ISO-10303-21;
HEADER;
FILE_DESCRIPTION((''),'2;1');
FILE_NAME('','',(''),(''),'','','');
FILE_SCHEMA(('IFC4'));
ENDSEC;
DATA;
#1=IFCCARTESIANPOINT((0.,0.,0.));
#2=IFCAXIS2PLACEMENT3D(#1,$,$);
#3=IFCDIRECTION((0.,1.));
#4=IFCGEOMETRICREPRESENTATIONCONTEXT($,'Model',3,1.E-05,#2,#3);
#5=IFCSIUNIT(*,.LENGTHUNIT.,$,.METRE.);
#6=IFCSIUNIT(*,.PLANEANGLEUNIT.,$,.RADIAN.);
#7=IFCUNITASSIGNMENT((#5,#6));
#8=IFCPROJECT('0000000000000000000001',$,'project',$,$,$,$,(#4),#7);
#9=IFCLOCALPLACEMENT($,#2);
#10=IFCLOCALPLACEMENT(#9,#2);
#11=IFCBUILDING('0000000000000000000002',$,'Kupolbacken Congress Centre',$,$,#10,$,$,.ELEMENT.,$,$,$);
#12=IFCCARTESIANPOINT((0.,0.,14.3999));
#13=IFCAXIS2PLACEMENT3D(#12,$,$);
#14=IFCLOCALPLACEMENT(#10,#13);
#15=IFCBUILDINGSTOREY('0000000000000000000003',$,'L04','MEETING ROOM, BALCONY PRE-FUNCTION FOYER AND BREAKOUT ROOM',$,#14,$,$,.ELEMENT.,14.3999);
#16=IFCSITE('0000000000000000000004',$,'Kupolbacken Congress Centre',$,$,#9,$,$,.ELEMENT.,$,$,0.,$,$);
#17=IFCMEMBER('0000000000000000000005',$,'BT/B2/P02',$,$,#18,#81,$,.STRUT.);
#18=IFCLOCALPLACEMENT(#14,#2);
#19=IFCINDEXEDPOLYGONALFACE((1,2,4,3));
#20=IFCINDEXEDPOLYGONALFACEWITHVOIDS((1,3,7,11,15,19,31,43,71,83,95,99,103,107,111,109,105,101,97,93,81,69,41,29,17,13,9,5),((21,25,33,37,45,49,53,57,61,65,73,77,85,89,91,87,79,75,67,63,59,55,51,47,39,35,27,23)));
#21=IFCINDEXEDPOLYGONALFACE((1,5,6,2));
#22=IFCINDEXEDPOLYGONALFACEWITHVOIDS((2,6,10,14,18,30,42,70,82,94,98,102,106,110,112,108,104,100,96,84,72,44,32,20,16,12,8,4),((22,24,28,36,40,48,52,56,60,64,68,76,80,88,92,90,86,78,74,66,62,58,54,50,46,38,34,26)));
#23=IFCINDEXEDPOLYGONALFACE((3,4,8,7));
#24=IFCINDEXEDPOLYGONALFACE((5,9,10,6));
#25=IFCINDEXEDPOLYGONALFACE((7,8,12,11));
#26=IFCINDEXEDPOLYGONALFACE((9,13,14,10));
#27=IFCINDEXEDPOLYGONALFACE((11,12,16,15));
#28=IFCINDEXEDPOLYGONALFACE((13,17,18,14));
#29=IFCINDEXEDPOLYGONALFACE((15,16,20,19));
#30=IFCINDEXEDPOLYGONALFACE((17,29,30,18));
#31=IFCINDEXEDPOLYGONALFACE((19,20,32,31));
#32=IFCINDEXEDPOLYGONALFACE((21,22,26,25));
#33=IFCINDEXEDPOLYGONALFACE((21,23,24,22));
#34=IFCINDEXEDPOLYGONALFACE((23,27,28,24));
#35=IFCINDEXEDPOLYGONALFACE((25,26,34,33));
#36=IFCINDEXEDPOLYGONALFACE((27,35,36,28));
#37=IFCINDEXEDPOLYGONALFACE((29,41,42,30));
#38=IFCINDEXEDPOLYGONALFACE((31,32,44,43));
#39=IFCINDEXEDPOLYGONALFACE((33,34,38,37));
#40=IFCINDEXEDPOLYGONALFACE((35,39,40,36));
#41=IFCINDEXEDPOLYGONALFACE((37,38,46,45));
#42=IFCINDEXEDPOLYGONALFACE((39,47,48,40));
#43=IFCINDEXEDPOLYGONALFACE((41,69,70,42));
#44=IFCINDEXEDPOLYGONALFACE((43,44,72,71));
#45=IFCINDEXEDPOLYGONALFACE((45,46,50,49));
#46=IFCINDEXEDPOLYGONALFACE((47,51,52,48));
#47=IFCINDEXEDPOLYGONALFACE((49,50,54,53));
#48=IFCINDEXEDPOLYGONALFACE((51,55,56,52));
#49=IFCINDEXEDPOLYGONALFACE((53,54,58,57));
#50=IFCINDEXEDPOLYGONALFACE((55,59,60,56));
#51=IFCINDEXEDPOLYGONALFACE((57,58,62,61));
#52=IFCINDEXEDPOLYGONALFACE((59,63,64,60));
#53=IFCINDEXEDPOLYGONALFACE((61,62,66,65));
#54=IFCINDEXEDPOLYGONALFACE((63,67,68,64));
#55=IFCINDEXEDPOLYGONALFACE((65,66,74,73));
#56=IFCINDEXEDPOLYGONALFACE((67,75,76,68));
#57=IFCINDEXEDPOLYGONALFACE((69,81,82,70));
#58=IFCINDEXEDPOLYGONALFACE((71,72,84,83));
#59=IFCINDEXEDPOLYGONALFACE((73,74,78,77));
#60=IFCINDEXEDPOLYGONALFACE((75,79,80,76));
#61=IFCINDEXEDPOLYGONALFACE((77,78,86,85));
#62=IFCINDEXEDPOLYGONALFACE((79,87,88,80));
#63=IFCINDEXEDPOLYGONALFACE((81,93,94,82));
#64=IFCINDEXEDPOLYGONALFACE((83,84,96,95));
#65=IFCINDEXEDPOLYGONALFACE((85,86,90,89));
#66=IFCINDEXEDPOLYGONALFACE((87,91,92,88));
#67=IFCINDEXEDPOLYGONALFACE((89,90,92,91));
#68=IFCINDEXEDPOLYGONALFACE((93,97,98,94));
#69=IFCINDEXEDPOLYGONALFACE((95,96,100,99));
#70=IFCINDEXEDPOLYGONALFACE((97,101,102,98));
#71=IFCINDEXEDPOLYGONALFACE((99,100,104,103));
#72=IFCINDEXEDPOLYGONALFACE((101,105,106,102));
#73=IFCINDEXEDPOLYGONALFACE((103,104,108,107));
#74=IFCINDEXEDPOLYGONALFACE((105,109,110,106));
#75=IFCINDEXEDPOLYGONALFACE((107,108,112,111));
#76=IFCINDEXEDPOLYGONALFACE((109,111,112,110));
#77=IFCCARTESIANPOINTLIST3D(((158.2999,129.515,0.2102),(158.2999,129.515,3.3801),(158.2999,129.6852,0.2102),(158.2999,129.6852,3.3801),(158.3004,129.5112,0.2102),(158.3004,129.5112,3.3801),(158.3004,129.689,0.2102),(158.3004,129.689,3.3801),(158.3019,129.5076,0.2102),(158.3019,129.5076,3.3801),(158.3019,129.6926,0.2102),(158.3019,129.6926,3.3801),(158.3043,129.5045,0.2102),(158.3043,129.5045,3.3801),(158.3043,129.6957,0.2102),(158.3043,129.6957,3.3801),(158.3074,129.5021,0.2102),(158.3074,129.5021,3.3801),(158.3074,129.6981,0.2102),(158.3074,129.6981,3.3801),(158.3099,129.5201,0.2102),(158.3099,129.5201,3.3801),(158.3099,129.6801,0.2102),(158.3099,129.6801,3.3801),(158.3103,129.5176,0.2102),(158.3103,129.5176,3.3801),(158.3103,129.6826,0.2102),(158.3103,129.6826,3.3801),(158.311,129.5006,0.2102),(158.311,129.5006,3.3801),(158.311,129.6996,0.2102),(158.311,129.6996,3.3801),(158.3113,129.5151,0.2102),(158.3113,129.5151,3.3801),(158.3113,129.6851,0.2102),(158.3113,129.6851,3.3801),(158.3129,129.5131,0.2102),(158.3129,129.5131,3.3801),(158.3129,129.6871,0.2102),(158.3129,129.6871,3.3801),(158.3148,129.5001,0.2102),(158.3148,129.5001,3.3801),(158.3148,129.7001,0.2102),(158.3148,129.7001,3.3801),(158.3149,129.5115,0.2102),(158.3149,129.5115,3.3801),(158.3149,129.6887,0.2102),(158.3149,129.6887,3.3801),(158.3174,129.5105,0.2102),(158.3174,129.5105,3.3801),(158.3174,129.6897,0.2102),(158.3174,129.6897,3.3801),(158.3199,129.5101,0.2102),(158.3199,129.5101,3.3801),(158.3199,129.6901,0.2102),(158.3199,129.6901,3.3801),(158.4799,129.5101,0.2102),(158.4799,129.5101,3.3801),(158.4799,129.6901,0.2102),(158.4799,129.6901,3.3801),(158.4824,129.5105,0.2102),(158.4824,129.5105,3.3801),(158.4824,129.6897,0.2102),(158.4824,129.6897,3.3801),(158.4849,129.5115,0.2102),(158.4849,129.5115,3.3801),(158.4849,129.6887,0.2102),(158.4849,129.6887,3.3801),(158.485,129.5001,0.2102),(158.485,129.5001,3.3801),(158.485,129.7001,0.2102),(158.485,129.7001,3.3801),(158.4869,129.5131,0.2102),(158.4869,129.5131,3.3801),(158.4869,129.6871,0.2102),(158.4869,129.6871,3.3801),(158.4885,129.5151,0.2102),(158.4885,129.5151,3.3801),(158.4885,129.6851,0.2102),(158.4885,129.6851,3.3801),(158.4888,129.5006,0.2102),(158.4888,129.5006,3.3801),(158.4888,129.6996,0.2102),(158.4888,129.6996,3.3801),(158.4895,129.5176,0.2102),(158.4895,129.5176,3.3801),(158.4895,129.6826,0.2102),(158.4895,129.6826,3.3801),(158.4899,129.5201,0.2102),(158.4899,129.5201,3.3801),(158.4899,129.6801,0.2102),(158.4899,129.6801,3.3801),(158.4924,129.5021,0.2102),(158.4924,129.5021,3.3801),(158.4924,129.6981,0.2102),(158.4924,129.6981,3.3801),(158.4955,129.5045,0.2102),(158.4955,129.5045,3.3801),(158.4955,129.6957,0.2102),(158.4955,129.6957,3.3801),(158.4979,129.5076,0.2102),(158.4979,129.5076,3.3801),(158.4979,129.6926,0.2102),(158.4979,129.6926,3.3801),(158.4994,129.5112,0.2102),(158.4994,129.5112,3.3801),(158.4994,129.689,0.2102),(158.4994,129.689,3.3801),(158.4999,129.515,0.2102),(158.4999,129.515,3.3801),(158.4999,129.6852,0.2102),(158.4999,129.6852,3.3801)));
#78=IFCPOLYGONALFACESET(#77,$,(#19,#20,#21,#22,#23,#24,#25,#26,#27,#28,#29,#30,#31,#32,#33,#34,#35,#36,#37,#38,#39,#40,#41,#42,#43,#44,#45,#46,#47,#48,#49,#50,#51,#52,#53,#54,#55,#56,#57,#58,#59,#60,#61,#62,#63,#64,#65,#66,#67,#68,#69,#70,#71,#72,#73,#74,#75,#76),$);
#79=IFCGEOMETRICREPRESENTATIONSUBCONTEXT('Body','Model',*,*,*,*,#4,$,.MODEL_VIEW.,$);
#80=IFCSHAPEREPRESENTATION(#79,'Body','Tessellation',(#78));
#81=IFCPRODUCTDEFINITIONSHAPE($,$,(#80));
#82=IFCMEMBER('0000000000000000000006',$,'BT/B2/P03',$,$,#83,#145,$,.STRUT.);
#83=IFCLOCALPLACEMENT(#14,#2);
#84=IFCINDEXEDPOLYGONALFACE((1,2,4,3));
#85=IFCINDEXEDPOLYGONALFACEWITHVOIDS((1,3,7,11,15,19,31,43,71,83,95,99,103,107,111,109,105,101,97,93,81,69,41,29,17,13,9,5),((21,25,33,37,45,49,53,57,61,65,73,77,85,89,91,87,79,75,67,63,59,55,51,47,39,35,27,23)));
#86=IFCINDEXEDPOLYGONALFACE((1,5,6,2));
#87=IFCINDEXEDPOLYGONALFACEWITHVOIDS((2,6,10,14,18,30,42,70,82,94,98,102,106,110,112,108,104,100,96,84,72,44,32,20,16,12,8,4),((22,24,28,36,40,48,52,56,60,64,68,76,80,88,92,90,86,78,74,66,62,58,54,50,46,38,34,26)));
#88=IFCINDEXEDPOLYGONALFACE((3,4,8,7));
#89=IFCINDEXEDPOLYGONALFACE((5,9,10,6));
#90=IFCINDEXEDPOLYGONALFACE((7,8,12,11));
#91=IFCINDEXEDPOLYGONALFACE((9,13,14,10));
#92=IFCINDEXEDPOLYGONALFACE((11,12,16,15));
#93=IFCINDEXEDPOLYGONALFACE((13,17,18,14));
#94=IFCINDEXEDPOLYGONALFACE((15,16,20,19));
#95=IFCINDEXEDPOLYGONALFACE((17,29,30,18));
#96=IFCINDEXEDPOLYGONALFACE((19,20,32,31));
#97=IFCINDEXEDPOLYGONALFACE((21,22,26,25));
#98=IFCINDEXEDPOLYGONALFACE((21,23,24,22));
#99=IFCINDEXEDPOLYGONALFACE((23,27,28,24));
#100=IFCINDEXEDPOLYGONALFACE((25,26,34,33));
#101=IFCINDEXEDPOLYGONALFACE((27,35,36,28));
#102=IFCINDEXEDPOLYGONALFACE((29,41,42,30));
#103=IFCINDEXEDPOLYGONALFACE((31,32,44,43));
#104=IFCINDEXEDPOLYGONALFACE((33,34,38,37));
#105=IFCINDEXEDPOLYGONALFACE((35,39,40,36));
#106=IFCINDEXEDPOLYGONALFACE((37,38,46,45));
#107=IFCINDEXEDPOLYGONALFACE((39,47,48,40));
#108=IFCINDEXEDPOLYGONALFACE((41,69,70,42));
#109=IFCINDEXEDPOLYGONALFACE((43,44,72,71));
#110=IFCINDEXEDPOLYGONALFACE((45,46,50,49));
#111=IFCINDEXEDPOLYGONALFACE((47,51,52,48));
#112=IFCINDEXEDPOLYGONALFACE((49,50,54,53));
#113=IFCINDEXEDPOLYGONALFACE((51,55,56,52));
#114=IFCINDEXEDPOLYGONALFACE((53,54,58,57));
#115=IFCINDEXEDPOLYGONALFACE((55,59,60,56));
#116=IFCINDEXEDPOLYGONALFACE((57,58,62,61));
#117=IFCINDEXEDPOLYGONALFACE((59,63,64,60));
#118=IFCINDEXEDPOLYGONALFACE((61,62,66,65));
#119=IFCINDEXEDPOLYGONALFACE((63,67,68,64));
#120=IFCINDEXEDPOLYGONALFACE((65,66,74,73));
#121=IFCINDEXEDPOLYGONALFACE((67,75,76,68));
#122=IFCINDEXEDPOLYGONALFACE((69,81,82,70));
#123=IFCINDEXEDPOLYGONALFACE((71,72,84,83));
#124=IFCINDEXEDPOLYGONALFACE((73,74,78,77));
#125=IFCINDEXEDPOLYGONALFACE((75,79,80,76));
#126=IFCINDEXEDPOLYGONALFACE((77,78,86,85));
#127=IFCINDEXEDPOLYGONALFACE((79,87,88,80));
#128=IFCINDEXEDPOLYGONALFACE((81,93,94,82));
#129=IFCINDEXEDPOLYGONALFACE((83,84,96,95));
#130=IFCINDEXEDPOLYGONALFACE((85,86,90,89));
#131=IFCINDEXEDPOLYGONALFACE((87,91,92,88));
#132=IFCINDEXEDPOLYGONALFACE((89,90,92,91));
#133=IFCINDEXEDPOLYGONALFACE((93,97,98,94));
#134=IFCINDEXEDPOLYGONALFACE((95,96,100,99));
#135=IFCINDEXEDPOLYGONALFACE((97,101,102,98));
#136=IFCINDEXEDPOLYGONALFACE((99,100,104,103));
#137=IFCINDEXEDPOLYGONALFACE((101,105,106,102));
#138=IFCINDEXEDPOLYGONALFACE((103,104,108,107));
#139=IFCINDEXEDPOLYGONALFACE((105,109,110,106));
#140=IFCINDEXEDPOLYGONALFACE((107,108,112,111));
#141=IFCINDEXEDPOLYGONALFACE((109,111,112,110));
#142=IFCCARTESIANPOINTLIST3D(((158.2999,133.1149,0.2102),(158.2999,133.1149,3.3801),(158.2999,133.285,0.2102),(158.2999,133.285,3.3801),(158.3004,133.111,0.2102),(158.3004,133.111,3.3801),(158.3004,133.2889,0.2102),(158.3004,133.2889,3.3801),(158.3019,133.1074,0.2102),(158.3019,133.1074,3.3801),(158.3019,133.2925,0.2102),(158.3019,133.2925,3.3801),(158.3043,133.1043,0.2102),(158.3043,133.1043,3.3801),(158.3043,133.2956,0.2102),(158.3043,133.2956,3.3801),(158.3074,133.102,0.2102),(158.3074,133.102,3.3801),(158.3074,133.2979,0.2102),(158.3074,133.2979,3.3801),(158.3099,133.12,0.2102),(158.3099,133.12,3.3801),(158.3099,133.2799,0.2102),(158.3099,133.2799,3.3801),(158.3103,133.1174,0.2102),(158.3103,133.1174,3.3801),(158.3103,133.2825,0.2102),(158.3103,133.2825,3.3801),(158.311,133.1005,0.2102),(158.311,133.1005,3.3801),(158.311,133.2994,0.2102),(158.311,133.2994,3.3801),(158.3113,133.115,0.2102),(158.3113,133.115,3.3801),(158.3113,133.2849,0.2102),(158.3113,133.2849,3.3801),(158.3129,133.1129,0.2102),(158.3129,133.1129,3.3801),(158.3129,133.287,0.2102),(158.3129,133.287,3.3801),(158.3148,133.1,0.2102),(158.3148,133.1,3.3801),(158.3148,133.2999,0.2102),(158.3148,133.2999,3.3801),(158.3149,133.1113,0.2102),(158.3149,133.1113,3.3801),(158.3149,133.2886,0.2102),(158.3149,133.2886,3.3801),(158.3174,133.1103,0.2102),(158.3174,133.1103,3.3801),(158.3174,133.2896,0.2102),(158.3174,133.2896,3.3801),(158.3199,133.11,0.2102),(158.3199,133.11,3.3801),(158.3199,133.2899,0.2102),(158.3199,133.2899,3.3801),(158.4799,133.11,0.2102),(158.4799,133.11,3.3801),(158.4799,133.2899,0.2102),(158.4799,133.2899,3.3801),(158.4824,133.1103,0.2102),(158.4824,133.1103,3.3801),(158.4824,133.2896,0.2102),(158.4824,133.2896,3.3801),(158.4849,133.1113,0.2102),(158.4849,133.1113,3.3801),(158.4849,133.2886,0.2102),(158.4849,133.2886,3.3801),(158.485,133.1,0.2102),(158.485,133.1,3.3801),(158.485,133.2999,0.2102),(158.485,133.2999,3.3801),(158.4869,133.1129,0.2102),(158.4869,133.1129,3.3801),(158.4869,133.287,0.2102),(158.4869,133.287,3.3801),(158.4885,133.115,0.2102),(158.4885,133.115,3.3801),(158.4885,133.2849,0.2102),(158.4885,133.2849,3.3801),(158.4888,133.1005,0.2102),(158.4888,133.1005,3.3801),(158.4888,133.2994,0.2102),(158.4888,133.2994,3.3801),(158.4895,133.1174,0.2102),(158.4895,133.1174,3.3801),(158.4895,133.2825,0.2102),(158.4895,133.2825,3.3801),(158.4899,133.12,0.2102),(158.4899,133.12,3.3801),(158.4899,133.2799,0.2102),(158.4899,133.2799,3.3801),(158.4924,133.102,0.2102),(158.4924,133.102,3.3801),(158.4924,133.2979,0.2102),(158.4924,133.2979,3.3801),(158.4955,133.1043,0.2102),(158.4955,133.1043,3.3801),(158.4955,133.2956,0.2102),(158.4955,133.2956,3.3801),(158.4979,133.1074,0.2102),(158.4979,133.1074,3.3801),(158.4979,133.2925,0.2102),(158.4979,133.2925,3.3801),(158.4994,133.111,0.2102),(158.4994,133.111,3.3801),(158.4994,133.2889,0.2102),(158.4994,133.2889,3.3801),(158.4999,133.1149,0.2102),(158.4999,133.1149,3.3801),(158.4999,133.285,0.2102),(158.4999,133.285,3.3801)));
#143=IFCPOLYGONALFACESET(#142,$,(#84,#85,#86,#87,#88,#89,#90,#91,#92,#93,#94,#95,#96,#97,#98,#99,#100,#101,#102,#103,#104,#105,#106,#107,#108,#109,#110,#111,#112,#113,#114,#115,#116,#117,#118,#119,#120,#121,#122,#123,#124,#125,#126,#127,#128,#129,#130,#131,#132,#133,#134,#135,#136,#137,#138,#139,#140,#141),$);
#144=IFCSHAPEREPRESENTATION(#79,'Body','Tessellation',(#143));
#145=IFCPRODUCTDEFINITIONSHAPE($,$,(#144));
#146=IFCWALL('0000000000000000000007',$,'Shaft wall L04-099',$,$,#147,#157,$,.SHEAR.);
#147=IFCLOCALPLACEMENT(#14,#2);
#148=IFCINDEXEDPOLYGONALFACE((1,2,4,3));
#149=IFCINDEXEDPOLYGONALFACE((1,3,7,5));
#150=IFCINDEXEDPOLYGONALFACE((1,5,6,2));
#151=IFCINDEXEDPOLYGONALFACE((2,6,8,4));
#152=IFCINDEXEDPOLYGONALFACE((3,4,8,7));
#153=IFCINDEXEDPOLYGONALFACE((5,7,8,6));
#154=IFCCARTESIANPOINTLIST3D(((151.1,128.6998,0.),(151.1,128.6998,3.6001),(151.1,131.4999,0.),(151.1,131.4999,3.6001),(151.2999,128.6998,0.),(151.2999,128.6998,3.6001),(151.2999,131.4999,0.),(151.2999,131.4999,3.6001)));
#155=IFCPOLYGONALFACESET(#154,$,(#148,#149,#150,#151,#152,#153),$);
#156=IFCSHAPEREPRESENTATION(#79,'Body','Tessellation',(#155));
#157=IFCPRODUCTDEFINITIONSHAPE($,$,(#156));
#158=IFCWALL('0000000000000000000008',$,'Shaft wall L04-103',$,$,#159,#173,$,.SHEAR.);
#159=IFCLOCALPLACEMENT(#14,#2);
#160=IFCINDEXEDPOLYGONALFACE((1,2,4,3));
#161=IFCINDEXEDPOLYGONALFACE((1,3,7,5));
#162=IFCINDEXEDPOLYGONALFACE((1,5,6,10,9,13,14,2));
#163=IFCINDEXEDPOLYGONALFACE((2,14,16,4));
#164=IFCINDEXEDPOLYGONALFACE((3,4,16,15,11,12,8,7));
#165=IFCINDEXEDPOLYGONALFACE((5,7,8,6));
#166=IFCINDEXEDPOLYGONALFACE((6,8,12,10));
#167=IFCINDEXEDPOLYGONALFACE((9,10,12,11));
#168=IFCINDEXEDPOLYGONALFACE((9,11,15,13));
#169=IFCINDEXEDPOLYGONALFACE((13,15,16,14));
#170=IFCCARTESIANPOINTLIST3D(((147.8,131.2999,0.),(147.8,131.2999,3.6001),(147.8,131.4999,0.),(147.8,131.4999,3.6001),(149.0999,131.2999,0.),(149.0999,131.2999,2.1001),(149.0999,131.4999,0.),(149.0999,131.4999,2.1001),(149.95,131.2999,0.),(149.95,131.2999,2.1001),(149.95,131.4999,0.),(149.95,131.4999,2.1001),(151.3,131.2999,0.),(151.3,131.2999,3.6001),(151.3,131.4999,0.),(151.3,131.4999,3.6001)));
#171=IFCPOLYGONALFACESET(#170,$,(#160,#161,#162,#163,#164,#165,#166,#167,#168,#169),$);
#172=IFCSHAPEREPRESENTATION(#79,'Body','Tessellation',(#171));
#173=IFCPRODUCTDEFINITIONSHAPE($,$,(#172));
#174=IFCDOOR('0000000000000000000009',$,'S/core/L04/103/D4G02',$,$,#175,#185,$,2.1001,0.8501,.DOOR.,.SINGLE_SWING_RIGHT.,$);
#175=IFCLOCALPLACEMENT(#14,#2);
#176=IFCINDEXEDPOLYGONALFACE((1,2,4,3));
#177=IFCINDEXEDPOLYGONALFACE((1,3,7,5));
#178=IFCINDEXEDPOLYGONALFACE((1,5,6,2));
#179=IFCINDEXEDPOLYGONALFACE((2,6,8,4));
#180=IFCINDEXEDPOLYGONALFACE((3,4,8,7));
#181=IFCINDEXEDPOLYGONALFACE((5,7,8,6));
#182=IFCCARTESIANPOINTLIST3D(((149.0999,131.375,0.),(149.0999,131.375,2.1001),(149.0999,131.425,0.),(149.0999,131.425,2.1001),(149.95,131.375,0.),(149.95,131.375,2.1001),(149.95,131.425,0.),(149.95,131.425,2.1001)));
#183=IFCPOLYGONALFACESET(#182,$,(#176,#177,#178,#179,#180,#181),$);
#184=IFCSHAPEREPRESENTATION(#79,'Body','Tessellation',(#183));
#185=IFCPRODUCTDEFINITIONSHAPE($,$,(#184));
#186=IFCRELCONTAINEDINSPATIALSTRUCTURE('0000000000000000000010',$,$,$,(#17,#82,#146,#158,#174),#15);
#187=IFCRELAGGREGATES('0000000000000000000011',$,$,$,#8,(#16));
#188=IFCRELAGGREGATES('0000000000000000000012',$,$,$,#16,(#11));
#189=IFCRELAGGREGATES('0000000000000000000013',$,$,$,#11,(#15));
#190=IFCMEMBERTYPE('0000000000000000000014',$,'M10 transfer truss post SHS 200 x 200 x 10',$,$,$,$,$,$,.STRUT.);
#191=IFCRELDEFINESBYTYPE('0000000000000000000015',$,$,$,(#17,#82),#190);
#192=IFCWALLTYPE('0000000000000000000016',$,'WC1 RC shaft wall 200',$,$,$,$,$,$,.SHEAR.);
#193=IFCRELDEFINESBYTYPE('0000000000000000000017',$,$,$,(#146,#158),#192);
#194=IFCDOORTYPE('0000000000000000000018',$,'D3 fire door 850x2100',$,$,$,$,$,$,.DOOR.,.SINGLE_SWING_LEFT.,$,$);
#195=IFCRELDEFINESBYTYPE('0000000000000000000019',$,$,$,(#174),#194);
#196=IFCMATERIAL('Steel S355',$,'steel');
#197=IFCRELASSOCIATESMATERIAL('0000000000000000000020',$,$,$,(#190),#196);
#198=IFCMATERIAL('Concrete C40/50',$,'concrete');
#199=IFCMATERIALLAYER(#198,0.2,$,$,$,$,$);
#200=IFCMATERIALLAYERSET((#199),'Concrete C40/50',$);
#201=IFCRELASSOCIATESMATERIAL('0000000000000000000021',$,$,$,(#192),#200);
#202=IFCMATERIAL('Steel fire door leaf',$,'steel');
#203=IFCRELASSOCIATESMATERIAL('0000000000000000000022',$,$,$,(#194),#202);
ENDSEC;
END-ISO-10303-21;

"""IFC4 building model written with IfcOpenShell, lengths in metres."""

from ifc_helpers import new_model, si_unit, direction, frame, frame_2d, origin, origin_2d, place, context, subcontext, project, spatial, rectangle, hollow_rectangle, extrude, material, layer, layer_set, material_profile, profile_set, type_object, element, fill, save


model = new_model("IFC4")

# Units and contexts
model_context = context("Model", 3, precision=1e-05, world=origin(), true_north=direction((0.0, 1.0)))
body_context = subcontext(model_context, "Body", "Model", "MODEL_VIEW")
ifc_project = project(units=[si_unit("LENGTHUNIT", "METRE"), si_unit("PLANEANGLEUNIT", "RADIAN")], contexts=[model_context])

# Site, building, storey
site_placement = place(None, origin())
site = spatial("IfcSite", under=ifc_project, at=site_placement, Name="Kupolbacken Congress Centre", CompositionType="ELEMENT", RefElevation=0.0)
building_placement = place(site_placement, origin())
building = spatial("IfcBuilding", under=site, at=building_placement, Name="Kupolbacken Congress Centre", CompositionType="ELEMENT")
storey_placement = place(building_placement, frame((0.0, 0.0, 14.3999)))
storey = spatial("IfcBuildingStorey", under=building, at=storey_placement, Name="L04", Description="MEETING ROOM, BALCONY PRE-FUNCTION FOYER AND BREAKOUT ROOM", CompositionType="ELEMENT", Elevation=14.3999)

# Members
ifc_material_1 = material(Name="Steel S355", Category="steel")
ifc_material_profile_1 = material_profile(ifc_material_1, hollow_rectangle(XDim=0.2, YDim=0.2, WallThickness=0.01, InnerFilletRadius=0.01, OuterFilletRadius=0.0149, at=origin_2d()), Name="SHS 200 x 200 x 10")
ifc_profile_set_1 = profile_set([ifc_material_profile_1], Name="Steel S355")
member_type_1 = type_object("IfcMemberType", Name="M10 transfer truss post SHS 200 x 200 x 10", PredefinedType="STRUT", material=ifc_profile_set_1)
for number, where, z_axis, x_axis, name in (
    (1, (158.3999, 129.6001, 0.2102), (0.0, 0.0, 1.0), (0.0, 1.0, 0.0), "BT/B2/P02"),
    (2, (158.3999, 133.2, 0.2102), (0.0, 0.0, 1.0), (0.0, 1.0, 0.0), "BT/B2/P03"),
):
    element("IfcMember", number, at=place(storey_placement, frame(where, z_axis=z_axis, x_axis=x_axis)), inside=storey, type_object=member_type_1, Name=name, PredefinedType="STRUT", context=body_context, shape_type="SweptSolid", body=[
        extrude(hollow_rectangle(XDim=0.2, YDim=0.2, WallThickness=0.01, InnerFilletRadius=0.01, OuterFilletRadius=0.0149, at=origin_2d()), origin(), (0.0, 0.0, 1.0), 3.1699),
    ])

# Wall
ifc_material_2 = material(Name="Concrete C40/50", Category="concrete")
ifc_layer_1 = layer(ifc_material_2, 0.2)
ifc_layer_set_1 = layer_set([ifc_layer_1], Name="Concrete C40/50")
wall_type = type_object("IfcWallType", Name="WC1 RC shaft wall 200", PredefinedType="SHEAR", material=ifc_layer_set_1)
wall_1_placement = place(storey_placement, frame((151.2, 128.7, 0.0), z_axis=(0.0, 0.0, 1.0), x_axis=(0.0, 1.0, 0.0)))
element("IfcWall", 3, at=wall_1_placement, inside=storey, type_object=wall_type, Name="Shaft wall L04-099", PredefinedType="SHEAR", context=body_context, shape_type="SweptSolid", body=[
    extrude(rectangle(XDim=2.8, YDim=0.2, at=frame_2d((1.3999, 0.0))), origin(), (0.0, 0.0, 1.0), 3.6001),
])

# Wall, opening, door
wall_2_placement = place(storey_placement, frame((151.3, 131.3999, 0.0), z_axis=(0.0, 0.0, 1.0), x_axis=(-1.0, 0.0, 0.0)))
wall_2 = element("IfcWall", 4, at=wall_2_placement, inside=storey, type_object=wall_type, Name="Shaft wall L04-103", PredefinedType="SHEAR", context=body_context, shape_type="SweptSolid", body=[
    extrude(rectangle(XDim=3.5, YDim=0.2, at=frame_2d((1.75, 0.0))), origin(), (0.0, 0.0, 1.0), 3.6001),
])
opening_placement = place(wall_2_placement, frame((1.3501, 0.0, 0.0)))
opening = element("IfcOpeningElement", 5, at=opening_placement, cuts=wall_2, PredefinedType="OPENING", context=body_context, shape_type="SweptSolid", body=[
    extrude(rectangle(XDim=0.8501, YDim=2.1001, at=frame_2d((0.425, 1.05))), frame((0.0, 0.1099, 0.0), z_axis=(0.0, -1.0, 0.0), x_axis=(1.0, 0.0, 0.0)), (0.0, 0.0, 1.0), 0.22),
])
ifc_material_3 = material(Name="Steel fire door leaf", Category="steel")
door_type = type_object("IfcDoorType", Name="D3 fire door 850x2100", OperationType="SINGLE_SWING_LEFT", PredefinedType="DOOR", material=ifc_material_3)
door_placement = place(opening_placement, origin())
door = element("IfcDoor", 6, at=door_placement, inside=storey, type_object=door_type, Name="S/core/L04/103/D4G02", OperationType="SINGLE_SWING_RIGHT", OverallHeight=2.1001, OverallWidth=0.8501, PredefinedType="DOOR", context=body_context, shape_type="SweptSolid", body=[
    extrude(rectangle(XDim=0.8501, YDim=2.1001, at=frame_2d((0.425, 1.05))), frame((0.0, 0.0249, 0.0), z_axis=(0.0, -1.0, 0.0), x_axis=(1.0, 0.0, 0.0)), (0.0, 0.0, 1.0), 0.05),
])
fill(opening, door)

save(model, "model.ifc")
